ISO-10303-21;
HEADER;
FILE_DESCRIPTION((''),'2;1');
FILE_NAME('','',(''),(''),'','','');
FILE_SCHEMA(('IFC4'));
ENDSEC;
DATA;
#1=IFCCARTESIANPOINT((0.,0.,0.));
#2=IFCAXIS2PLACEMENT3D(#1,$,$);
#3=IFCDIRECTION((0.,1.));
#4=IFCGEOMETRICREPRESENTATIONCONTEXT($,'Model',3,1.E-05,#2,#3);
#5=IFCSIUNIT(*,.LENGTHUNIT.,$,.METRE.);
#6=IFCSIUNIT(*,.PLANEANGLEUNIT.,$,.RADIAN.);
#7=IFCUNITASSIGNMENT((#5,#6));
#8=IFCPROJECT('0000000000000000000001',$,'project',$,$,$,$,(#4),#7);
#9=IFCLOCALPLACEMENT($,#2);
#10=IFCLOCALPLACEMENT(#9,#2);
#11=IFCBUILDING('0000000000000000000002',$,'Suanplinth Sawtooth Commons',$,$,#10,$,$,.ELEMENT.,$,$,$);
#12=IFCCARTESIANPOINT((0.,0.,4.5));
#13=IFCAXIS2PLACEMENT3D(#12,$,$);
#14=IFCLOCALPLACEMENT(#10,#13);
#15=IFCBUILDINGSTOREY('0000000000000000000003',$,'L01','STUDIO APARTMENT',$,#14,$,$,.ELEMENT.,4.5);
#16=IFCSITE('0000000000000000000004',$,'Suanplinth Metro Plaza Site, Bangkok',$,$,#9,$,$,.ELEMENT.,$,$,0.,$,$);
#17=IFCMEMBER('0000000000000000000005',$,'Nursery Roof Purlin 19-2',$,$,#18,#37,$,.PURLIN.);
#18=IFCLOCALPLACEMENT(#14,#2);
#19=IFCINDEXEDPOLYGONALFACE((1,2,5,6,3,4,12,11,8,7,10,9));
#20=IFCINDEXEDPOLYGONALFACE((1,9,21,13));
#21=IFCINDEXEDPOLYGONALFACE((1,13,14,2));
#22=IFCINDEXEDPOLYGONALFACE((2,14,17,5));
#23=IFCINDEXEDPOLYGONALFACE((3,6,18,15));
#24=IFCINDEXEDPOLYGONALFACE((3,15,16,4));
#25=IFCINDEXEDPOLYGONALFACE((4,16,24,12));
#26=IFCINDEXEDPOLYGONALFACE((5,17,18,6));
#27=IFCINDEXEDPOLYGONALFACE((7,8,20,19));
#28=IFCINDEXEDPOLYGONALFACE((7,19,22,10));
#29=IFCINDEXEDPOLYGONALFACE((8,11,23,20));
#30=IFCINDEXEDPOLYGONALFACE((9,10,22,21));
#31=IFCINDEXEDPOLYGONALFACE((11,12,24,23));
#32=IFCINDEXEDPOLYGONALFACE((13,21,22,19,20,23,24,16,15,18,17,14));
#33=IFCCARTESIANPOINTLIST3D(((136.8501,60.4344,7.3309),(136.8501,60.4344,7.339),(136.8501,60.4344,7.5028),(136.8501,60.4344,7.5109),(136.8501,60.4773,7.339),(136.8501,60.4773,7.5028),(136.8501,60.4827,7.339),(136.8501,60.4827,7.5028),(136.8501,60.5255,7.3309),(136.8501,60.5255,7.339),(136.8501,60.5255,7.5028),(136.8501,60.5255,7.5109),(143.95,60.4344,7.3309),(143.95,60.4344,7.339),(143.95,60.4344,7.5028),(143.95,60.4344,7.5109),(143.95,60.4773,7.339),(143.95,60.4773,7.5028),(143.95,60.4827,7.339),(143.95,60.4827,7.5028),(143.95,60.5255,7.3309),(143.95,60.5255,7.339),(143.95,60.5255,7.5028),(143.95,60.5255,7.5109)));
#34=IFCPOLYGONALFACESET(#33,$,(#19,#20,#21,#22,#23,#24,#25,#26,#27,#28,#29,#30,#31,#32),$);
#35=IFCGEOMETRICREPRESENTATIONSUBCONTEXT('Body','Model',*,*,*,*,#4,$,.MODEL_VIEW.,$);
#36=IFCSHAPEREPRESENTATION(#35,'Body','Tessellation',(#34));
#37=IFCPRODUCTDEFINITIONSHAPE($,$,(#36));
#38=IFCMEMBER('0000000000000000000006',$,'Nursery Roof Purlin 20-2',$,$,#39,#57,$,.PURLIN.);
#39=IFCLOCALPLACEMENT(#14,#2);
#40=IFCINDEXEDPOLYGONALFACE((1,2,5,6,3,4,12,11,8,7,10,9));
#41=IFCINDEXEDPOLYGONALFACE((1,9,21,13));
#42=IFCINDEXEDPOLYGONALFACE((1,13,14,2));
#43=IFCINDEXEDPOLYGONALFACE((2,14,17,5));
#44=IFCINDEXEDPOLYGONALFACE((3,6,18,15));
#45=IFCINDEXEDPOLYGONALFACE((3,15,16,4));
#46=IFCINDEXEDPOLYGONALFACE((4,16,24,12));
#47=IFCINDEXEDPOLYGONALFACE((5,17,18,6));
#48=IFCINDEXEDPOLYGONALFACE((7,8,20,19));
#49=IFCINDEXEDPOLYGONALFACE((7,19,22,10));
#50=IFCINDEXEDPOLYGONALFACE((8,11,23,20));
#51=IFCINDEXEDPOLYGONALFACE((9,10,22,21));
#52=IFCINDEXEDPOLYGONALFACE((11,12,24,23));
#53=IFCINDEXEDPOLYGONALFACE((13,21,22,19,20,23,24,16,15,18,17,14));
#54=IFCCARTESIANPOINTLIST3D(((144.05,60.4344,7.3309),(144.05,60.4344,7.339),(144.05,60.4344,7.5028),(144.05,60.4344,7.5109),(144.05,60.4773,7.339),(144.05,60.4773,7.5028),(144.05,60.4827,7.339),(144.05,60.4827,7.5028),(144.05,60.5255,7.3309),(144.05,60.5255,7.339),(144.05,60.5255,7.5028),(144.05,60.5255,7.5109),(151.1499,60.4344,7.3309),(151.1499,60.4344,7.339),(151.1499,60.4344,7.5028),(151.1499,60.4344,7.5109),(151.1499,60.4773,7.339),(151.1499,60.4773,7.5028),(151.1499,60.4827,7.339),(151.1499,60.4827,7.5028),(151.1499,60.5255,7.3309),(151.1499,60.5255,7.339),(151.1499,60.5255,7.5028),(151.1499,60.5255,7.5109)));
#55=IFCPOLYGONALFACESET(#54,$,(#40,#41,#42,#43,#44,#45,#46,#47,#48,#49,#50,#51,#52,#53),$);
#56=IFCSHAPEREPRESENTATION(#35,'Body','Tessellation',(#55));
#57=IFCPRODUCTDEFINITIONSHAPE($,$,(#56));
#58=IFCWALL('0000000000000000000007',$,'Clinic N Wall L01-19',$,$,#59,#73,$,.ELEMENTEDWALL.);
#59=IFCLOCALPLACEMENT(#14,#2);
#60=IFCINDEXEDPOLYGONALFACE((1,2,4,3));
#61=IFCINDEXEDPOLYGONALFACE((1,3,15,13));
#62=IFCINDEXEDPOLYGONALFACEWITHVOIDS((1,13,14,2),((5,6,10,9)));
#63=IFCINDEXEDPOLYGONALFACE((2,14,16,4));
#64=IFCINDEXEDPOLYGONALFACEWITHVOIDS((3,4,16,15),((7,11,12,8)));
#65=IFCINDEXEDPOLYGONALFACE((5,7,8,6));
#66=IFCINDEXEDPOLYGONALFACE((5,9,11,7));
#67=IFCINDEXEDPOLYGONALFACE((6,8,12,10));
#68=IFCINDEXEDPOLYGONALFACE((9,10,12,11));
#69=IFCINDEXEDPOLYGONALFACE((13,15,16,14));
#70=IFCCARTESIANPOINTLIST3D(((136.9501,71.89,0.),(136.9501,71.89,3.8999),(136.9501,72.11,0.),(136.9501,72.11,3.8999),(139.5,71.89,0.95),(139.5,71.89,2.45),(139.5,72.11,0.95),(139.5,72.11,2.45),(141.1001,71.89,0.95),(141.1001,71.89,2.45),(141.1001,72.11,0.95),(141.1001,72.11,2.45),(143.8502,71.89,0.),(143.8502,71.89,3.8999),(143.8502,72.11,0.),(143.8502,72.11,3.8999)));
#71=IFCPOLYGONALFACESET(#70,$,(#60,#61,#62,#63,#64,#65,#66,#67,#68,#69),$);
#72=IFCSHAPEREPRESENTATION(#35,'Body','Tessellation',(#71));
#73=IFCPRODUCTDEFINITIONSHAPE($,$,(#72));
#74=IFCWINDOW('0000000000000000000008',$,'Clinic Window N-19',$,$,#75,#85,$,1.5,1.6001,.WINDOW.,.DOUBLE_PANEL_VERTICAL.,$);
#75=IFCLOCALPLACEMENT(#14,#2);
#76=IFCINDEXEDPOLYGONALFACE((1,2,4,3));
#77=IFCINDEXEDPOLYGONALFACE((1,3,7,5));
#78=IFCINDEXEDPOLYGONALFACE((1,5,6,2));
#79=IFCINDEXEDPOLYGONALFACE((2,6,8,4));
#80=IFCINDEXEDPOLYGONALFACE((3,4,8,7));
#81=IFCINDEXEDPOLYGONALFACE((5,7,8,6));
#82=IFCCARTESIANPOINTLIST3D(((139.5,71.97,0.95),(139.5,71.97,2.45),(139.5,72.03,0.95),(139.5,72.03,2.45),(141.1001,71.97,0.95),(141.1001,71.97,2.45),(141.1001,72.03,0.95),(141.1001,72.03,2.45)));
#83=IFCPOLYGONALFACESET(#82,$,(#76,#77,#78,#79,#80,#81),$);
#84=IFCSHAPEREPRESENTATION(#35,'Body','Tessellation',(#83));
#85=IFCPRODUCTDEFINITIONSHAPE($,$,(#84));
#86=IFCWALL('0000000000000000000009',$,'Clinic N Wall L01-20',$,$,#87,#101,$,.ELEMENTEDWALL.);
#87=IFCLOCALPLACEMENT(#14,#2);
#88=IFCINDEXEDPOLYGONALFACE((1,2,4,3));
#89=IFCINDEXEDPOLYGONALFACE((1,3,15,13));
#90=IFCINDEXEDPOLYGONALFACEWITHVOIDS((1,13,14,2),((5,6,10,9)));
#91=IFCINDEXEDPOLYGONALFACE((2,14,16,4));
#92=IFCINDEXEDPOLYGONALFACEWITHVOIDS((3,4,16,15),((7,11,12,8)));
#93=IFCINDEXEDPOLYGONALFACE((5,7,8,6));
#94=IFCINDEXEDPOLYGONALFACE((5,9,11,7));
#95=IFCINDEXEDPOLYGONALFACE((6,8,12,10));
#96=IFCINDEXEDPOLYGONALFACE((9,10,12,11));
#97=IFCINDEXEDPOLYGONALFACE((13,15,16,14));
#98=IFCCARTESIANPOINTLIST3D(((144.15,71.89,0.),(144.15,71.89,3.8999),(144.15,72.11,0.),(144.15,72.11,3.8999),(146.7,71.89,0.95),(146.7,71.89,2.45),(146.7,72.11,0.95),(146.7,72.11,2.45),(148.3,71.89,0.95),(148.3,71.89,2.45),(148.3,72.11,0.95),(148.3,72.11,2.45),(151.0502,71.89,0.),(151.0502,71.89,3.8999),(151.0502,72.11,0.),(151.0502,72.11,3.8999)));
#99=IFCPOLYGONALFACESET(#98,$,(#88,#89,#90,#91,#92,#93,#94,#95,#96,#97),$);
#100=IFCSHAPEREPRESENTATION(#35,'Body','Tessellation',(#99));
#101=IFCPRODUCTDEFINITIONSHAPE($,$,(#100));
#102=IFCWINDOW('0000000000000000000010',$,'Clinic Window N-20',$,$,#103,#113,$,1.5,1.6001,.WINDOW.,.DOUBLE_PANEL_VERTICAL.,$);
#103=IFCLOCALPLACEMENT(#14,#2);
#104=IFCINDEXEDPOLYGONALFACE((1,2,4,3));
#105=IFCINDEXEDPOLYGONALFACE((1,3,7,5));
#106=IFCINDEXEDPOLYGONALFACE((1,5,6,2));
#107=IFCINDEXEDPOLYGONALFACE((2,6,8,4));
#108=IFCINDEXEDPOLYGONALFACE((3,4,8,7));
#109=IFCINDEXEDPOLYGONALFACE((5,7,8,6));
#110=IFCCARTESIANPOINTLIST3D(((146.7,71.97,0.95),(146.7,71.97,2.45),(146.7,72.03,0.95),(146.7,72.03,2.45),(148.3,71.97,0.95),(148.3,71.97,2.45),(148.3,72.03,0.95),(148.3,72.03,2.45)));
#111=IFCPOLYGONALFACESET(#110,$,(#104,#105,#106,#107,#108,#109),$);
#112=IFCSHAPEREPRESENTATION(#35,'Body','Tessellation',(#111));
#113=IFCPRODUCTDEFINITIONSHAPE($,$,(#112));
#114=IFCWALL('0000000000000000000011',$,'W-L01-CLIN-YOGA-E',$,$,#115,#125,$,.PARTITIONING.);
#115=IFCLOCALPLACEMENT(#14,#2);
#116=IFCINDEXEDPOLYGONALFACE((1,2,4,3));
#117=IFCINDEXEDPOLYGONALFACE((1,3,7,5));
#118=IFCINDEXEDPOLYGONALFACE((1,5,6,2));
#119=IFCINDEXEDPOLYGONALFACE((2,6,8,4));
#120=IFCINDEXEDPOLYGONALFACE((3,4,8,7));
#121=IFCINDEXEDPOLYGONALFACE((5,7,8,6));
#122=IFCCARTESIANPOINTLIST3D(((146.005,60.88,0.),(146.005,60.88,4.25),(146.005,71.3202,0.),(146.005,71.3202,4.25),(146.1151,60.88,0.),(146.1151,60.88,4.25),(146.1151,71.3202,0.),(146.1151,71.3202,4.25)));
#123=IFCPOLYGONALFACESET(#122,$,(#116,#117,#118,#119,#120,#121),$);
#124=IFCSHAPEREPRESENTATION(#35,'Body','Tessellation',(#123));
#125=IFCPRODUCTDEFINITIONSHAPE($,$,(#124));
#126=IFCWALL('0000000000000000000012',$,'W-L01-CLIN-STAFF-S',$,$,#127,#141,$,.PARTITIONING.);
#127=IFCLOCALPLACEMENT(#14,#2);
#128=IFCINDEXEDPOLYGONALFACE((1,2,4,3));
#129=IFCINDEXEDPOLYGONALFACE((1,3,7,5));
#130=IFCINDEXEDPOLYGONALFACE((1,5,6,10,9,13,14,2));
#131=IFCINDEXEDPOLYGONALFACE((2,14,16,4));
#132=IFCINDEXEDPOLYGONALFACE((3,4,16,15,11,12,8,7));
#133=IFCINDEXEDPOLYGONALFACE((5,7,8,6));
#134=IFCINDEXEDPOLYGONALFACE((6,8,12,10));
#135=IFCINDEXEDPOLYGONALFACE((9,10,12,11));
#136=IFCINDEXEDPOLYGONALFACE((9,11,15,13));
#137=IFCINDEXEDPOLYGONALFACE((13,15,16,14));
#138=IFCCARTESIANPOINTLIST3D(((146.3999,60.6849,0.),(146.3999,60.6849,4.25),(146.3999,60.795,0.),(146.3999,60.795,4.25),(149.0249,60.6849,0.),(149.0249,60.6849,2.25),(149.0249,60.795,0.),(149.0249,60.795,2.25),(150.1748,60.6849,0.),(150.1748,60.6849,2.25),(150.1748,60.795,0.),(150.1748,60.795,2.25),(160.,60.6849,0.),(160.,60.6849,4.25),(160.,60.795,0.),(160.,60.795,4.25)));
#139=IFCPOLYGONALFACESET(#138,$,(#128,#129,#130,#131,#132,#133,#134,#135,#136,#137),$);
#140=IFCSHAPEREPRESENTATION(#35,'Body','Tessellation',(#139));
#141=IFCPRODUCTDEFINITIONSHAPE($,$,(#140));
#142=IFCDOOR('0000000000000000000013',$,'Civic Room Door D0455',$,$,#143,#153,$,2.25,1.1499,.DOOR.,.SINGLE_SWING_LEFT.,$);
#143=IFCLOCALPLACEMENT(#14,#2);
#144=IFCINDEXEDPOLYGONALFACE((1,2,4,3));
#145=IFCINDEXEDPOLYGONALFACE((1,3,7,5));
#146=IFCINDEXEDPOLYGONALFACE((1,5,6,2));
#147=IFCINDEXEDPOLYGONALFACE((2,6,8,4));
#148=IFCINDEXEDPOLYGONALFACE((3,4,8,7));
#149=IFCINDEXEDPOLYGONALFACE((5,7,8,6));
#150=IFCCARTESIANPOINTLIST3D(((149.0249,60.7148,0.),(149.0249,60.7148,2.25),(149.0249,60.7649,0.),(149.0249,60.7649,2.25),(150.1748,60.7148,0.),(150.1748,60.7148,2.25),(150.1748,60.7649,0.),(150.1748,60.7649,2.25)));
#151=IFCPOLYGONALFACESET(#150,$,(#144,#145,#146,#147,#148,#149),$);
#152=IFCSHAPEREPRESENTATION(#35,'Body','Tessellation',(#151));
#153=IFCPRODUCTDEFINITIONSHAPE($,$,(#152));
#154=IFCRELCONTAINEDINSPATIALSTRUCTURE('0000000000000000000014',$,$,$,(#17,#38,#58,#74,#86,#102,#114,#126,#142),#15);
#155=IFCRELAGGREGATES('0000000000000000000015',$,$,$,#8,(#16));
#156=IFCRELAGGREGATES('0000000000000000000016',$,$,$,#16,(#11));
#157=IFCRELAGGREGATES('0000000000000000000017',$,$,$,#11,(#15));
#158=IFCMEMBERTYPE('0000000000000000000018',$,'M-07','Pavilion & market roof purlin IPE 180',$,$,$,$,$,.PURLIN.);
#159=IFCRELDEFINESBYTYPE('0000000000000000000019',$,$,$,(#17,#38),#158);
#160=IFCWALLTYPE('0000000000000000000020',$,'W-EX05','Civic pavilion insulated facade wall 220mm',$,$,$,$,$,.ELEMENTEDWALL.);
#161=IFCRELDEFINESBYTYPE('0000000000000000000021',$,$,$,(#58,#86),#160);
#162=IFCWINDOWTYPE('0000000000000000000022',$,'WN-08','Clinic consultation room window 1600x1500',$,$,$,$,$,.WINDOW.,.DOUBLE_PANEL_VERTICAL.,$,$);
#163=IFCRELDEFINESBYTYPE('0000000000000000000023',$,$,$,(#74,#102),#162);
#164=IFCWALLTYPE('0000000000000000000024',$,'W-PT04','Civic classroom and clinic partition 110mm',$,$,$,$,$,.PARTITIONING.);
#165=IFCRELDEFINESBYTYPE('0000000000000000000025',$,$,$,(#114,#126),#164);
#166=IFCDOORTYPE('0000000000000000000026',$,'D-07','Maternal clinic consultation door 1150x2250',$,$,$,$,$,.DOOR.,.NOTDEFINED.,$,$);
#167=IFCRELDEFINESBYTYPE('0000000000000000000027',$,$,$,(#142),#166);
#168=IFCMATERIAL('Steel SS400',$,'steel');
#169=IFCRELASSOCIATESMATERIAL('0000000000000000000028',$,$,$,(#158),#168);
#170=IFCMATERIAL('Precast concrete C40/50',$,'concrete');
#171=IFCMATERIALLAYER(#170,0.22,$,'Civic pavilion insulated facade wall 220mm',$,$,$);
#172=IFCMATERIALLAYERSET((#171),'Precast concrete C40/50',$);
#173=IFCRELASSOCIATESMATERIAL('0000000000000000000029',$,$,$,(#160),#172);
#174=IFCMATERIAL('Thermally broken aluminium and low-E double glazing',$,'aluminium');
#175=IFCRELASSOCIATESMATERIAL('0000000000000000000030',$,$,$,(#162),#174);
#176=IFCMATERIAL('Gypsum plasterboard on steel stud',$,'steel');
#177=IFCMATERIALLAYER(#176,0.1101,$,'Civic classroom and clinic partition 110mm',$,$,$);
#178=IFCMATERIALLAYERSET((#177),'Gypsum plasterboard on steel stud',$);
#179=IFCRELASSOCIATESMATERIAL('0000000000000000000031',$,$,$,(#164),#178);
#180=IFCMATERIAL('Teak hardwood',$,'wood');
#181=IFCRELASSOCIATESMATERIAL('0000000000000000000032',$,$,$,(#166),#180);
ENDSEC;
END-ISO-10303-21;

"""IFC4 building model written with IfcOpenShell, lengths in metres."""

from ifc_helpers import new_model, si_unit, direction, frame, frame_2d, origin, origin_2d, place, context, subcontext, project, spatial, rectangle, i_section, extrude, material, layer, layer_set, material_profile, profile_set, type_object, element, fill, save


model = new_model("IFC4")

# Units and contexts
model_context = context("Model", 3, precision=1e-05, world=origin(), true_north=direction((0.0, 1.0)))
body_context = subcontext(model_context, "Body", "Model", "MODEL_VIEW")
ifc_project = project(units=[si_unit("LENGTHUNIT", "METRE"), si_unit("PLANEANGLEUNIT", "RADIAN")], contexts=[model_context])

# Site, building, storey
site_placement = place(None, origin())
site = spatial("IfcSite", under=ifc_project, at=site_placement, Name="Suanplinth Metro Plaza Site, Bangkok", CompositionType="ELEMENT", RefElevation=0.0)
building_placement = place(site_placement, origin())
building = spatial("IfcBuilding", under=site, at=building_placement, Name="Suanplinth Sawtooth Commons", CompositionType="ELEMENT")
storey_placement = place(building_placement, frame((0.0, 0.0, 4.5)))
storey = spatial("IfcBuildingStorey", under=building, at=storey_placement, Name="L01", Description="STUDIO APARTMENT", CompositionType="ELEMENT", Elevation=4.5)

# Shared definitions
ifc_material_1 = material(Name="Precast concrete C40/50", Category="concrete")

# Members
ifc_material_2 = material(Name="Steel SS400", Category="steel")
ifc_material_profile_1 = material_profile(ifc_material_2, i_section(OverallWidth=0.0911, OverallDepth=0.1799, WebThickness=0.0054, FlangeThickness=0.0081, at=origin_2d()), Name="IPE 180")
ifc_profile_set_1 = profile_set([ifc_material_profile_1], Name="Steel SS400")
member_type = type_object("IfcMemberType", Name="M-07", Description="Pavilion & market roof purlin IPE 180", PredefinedType="PURLIN", material=ifc_profile_set_1)
for number, where, z_axis, x_axis, name in (
    (1, (136.8501, 60.48, 7.4209), (1.0, 0.0, 0.0), (0.0, 1.0, 0.0), "Nursery Roof Purlin 19-2"),
    (2, (144.05, 60.48, 7.4209), (1.0, 0.0, 0.0), (0.0, 1.0, 0.0), "Nursery Roof Purlin 20-2"),
):
    element("IfcMember", number, at=place(storey_placement, frame(where, z_axis=z_axis, x_axis=x_axis)), inside=storey, type_object=member_type, Name=name, PredefinedType="PURLIN", context=body_context, shape_type="SweptSolid", body=[
        extrude(i_section(OverallWidth=0.0911, OverallDepth=0.1799, WebThickness=0.0054, FlangeThickness=0.0081, at=origin_2d()), origin(), (0.0, 0.0, 1.0), 7.0999),
    ])

# Walls, openings, windows
ifc_layer_1 = layer(ifc_material_1, 0.22, Name="Civic pavilion insulated facade wall 220mm")
ifc_layer_set_1 = layer_set([ifc_layer_1], Name="Precast concrete C40/50")
wall_type_1 = type_object("IfcWallType", Name="W-EX05", Description="Civic pavilion insulated facade wall 220mm", PredefinedType="ELEMENTEDWALL", material=ifc_layer_set_1)
wall_1_placement = place(storey_placement, frame((136.95, 72.0, 0.0), z_axis=(0.0, 0.0, 1.0), x_axis=(1.0, 0.0, 0.0)))
wall_1 = element("IfcWall", 3, at=wall_1_placement, inside=storey, type_object=wall_type_1, Name="Clinic N Wall L01-19", PredefinedType="ELEMENTEDWALL", context=body_context, shape_type="SweptSolid", body=[
    extrude(rectangle(XDim=6.9001, YDim=0.22, at=frame_2d((3.4502, 0.0))), origin(), (0.0, 0.0, 1.0), 3.8999),
])
opening_1_placement = place(wall_1_placement, frame((2.55, 0.0, 0.95)))
opening_1 = element("IfcOpeningElement", 4, at=opening_1_placement, cuts=wall_1, PredefinedType="OPENING", context=body_context, shape_type="SweptSolid", body=[
    extrude(rectangle(XDim=1.6001, YDim=1.5, at=frame_2d((0.8, 0.75))), frame((0.0, 0.125, 0.0), z_axis=(0.0, -1.0, 0.0), x_axis=(1.0, 0.0, 0.0)), (0.0, 0.0, 1.0), 0.2498),
])
ifc_material_3 = material(Name="Thermally broken aluminium and low-E double glazing", Category="aluminium")
window_type = type_object("IfcWindowType", Name="WN-08", Description="Clinic consultation room window 1600x1500", PartitioningType="DOUBLE_PANEL_VERTICAL", PredefinedType="WINDOW", material=ifc_material_3)
window_1_placement = place(opening_1_placement, origin())
window_1 = element("IfcWindow", 5, at=window_1_placement, inside=storey, type_object=window_type, Name="Clinic Window N-19", OverallHeight=1.5, OverallWidth=1.6001, PartitioningType="DOUBLE_PANEL_VERTICAL", PredefinedType="WINDOW", context=body_context, shape_type="SweptSolid", body=[
    extrude(rectangle(XDim=1.6001, YDim=1.5, at=frame_2d((0.8, 0.75))), frame((0.0, 0.03, 0.0), z_axis=(0.0, -1.0, 0.0), x_axis=(1.0, 0.0, 0.0)), (0.0, 0.0, 1.0), 0.0601),
])
fill(opening_1, window_1)
wall_2_placement = place(storey_placement, frame((144.1499, 72.0, 0.0), z_axis=(0.0, 0.0, 1.0), x_axis=(1.0, 0.0, 0.0)))
wall_2 = element("IfcWall", 6, at=wall_2_placement, inside=storey, type_object=wall_type_1, Name="Clinic N Wall L01-20", PredefinedType="ELEMENTEDWALL", context=body_context, shape_type="SweptSolid", body=[
    extrude(rectangle(XDim=6.9001, YDim=0.22, at=frame_2d((3.4502, 0.0))), origin(), (0.0, 0.0, 1.0), 3.8999),
])
opening_2_placement = place(wall_2_placement, frame((2.55, 0.0, 0.95)))
opening_2 = element("IfcOpeningElement", 7, at=opening_2_placement, cuts=wall_2, PredefinedType="OPENING", context=body_context, shape_type="SweptSolid", body=[
    extrude(rectangle(XDim=1.6001, YDim=1.5, at=frame_2d((0.8, 0.75))), frame((0.0, 0.125, 0.0), z_axis=(0.0, -1.0, 0.0), x_axis=(1.0, 0.0, 0.0)), (0.0, 0.0, 1.0), 0.2498),
])
window_2_placement = place(opening_2_placement, origin())
window_2 = element("IfcWindow", 8, at=window_2_placement, inside=storey, type_object=window_type, Name="Clinic Window N-20", OverallHeight=1.5, OverallWidth=1.6001, PartitioningType="DOUBLE_PANEL_VERTICAL", PredefinedType="WINDOW", context=body_context, shape_type="SweptSolid", body=[
    extrude(rectangle(XDim=1.6001, YDim=1.5, at=frame_2d((0.8, 0.75))), frame((0.0, 0.03, 0.0), z_axis=(0.0, -1.0, 0.0), x_axis=(1.0, 0.0, 0.0)), (0.0, 0.0, 1.0), 0.0601),
])
fill(opening_2, window_2)

# Wall
ifc_material_4 = material(Name="Gypsum plasterboard on steel stud", Category="steel")
ifc_layer_2 = layer(ifc_material_4, 0.1101, Name="Civic classroom and clinic partition 110mm")
ifc_layer_set_2 = layer_set([ifc_layer_2], Name="Gypsum plasterboard on steel stud")
wall_type_2 = type_object("IfcWallType", Name="W-PT04", Description="Civic classroom and clinic partition 110mm", PredefinedType="PARTITIONING", material=ifc_layer_set_2)
wall_3_placement = place(storey_placement, frame((146.0601, 60.8799, 0.0), z_axis=(0.0, 0.0, 1.0), x_axis=(0.0, 1.0, 0.0)))
element("IfcWall", 9, at=wall_3_placement, inside=storey, type_object=wall_type_2, Name="W-L01-CLIN-YOGA-E", PredefinedType="PARTITIONING", context=body_context, shape_type="SweptSolid", body=[
    extrude(rectangle(XDim=10.4402, YDim=0.1101, at=frame_2d((5.2202, 0.0))), origin(), (0.0, 0.0, 1.0), 4.25),
])

# Wall, opening, door
wall_4_placement = place(storey_placement, frame((146.3999, 60.74, 0.0), z_axis=(0.0, 0.0, 1.0), x_axis=(1.0, 0.0, 0.0)))
wall_4 = element("IfcWall", 10, at=wall_4_placement, inside=storey, type_object=wall_type_2, Name="W-L01-CLIN-STAFF-S", PredefinedType="PARTITIONING", context=body_context, shape_type="SweptSolid", body=[
    extrude(rectangle(XDim=13.6001, YDim=0.1101, at=frame_2d((6.8, 0.0))), origin(), (0.0, 0.0, 1.0), 4.25),
])
opening_3_placement = place(wall_4_placement, frame((2.625, 0.0, 0.0)))
opening_3 = element("IfcOpeningElement", 11, at=opening_3_placement, cuts=wall_4, PredefinedType="OPENING", context=body_context, shape_type="SweptSolid", body=[
    extrude(rectangle(XDim=1.1499, YDim=2.25, at=frame_2d((0.575, 1.125))), frame((0.0, 0.0698, 0.0), z_axis=(0.0, -1.0, 0.0), x_axis=(1.0, 0.0, 0.0)), (0.0, 0.0, 1.0), 0.1399),
])
ifc_material_5 = material(Name="Teak hardwood", Category="wood")
door_type = type_object("IfcDoorType", Name="D-07", Description="Maternal clinic consultation door 1150x2250", OperationType="NOTDEFINED", PredefinedType="DOOR", material=ifc_material_5)
door_placement = place(opening_3_placement, origin())
door = element("IfcDoor", 12, at=door_placement, inside=storey, type_object=door_type, Name="Civic Room Door D0455", OperationType="SINGLE_SWING_LEFT", OverallHeight=2.25, OverallWidth=1.1499, PredefinedType="DOOR", context=body_context, shape_type="SweptSolid", body=[
    extrude(rectangle(XDim=1.1499, YDim=2.25, at=frame_2d((0.575, 1.125))), frame((0.0, 0.0249, 0.0), z_axis=(0.0, -1.0, 0.0), x_axis=(1.0, 0.0, 0.0)), (0.0, 0.0, 1.0), 0.05),
])
fill(opening_3, door)

save(model, "model.ifc")
